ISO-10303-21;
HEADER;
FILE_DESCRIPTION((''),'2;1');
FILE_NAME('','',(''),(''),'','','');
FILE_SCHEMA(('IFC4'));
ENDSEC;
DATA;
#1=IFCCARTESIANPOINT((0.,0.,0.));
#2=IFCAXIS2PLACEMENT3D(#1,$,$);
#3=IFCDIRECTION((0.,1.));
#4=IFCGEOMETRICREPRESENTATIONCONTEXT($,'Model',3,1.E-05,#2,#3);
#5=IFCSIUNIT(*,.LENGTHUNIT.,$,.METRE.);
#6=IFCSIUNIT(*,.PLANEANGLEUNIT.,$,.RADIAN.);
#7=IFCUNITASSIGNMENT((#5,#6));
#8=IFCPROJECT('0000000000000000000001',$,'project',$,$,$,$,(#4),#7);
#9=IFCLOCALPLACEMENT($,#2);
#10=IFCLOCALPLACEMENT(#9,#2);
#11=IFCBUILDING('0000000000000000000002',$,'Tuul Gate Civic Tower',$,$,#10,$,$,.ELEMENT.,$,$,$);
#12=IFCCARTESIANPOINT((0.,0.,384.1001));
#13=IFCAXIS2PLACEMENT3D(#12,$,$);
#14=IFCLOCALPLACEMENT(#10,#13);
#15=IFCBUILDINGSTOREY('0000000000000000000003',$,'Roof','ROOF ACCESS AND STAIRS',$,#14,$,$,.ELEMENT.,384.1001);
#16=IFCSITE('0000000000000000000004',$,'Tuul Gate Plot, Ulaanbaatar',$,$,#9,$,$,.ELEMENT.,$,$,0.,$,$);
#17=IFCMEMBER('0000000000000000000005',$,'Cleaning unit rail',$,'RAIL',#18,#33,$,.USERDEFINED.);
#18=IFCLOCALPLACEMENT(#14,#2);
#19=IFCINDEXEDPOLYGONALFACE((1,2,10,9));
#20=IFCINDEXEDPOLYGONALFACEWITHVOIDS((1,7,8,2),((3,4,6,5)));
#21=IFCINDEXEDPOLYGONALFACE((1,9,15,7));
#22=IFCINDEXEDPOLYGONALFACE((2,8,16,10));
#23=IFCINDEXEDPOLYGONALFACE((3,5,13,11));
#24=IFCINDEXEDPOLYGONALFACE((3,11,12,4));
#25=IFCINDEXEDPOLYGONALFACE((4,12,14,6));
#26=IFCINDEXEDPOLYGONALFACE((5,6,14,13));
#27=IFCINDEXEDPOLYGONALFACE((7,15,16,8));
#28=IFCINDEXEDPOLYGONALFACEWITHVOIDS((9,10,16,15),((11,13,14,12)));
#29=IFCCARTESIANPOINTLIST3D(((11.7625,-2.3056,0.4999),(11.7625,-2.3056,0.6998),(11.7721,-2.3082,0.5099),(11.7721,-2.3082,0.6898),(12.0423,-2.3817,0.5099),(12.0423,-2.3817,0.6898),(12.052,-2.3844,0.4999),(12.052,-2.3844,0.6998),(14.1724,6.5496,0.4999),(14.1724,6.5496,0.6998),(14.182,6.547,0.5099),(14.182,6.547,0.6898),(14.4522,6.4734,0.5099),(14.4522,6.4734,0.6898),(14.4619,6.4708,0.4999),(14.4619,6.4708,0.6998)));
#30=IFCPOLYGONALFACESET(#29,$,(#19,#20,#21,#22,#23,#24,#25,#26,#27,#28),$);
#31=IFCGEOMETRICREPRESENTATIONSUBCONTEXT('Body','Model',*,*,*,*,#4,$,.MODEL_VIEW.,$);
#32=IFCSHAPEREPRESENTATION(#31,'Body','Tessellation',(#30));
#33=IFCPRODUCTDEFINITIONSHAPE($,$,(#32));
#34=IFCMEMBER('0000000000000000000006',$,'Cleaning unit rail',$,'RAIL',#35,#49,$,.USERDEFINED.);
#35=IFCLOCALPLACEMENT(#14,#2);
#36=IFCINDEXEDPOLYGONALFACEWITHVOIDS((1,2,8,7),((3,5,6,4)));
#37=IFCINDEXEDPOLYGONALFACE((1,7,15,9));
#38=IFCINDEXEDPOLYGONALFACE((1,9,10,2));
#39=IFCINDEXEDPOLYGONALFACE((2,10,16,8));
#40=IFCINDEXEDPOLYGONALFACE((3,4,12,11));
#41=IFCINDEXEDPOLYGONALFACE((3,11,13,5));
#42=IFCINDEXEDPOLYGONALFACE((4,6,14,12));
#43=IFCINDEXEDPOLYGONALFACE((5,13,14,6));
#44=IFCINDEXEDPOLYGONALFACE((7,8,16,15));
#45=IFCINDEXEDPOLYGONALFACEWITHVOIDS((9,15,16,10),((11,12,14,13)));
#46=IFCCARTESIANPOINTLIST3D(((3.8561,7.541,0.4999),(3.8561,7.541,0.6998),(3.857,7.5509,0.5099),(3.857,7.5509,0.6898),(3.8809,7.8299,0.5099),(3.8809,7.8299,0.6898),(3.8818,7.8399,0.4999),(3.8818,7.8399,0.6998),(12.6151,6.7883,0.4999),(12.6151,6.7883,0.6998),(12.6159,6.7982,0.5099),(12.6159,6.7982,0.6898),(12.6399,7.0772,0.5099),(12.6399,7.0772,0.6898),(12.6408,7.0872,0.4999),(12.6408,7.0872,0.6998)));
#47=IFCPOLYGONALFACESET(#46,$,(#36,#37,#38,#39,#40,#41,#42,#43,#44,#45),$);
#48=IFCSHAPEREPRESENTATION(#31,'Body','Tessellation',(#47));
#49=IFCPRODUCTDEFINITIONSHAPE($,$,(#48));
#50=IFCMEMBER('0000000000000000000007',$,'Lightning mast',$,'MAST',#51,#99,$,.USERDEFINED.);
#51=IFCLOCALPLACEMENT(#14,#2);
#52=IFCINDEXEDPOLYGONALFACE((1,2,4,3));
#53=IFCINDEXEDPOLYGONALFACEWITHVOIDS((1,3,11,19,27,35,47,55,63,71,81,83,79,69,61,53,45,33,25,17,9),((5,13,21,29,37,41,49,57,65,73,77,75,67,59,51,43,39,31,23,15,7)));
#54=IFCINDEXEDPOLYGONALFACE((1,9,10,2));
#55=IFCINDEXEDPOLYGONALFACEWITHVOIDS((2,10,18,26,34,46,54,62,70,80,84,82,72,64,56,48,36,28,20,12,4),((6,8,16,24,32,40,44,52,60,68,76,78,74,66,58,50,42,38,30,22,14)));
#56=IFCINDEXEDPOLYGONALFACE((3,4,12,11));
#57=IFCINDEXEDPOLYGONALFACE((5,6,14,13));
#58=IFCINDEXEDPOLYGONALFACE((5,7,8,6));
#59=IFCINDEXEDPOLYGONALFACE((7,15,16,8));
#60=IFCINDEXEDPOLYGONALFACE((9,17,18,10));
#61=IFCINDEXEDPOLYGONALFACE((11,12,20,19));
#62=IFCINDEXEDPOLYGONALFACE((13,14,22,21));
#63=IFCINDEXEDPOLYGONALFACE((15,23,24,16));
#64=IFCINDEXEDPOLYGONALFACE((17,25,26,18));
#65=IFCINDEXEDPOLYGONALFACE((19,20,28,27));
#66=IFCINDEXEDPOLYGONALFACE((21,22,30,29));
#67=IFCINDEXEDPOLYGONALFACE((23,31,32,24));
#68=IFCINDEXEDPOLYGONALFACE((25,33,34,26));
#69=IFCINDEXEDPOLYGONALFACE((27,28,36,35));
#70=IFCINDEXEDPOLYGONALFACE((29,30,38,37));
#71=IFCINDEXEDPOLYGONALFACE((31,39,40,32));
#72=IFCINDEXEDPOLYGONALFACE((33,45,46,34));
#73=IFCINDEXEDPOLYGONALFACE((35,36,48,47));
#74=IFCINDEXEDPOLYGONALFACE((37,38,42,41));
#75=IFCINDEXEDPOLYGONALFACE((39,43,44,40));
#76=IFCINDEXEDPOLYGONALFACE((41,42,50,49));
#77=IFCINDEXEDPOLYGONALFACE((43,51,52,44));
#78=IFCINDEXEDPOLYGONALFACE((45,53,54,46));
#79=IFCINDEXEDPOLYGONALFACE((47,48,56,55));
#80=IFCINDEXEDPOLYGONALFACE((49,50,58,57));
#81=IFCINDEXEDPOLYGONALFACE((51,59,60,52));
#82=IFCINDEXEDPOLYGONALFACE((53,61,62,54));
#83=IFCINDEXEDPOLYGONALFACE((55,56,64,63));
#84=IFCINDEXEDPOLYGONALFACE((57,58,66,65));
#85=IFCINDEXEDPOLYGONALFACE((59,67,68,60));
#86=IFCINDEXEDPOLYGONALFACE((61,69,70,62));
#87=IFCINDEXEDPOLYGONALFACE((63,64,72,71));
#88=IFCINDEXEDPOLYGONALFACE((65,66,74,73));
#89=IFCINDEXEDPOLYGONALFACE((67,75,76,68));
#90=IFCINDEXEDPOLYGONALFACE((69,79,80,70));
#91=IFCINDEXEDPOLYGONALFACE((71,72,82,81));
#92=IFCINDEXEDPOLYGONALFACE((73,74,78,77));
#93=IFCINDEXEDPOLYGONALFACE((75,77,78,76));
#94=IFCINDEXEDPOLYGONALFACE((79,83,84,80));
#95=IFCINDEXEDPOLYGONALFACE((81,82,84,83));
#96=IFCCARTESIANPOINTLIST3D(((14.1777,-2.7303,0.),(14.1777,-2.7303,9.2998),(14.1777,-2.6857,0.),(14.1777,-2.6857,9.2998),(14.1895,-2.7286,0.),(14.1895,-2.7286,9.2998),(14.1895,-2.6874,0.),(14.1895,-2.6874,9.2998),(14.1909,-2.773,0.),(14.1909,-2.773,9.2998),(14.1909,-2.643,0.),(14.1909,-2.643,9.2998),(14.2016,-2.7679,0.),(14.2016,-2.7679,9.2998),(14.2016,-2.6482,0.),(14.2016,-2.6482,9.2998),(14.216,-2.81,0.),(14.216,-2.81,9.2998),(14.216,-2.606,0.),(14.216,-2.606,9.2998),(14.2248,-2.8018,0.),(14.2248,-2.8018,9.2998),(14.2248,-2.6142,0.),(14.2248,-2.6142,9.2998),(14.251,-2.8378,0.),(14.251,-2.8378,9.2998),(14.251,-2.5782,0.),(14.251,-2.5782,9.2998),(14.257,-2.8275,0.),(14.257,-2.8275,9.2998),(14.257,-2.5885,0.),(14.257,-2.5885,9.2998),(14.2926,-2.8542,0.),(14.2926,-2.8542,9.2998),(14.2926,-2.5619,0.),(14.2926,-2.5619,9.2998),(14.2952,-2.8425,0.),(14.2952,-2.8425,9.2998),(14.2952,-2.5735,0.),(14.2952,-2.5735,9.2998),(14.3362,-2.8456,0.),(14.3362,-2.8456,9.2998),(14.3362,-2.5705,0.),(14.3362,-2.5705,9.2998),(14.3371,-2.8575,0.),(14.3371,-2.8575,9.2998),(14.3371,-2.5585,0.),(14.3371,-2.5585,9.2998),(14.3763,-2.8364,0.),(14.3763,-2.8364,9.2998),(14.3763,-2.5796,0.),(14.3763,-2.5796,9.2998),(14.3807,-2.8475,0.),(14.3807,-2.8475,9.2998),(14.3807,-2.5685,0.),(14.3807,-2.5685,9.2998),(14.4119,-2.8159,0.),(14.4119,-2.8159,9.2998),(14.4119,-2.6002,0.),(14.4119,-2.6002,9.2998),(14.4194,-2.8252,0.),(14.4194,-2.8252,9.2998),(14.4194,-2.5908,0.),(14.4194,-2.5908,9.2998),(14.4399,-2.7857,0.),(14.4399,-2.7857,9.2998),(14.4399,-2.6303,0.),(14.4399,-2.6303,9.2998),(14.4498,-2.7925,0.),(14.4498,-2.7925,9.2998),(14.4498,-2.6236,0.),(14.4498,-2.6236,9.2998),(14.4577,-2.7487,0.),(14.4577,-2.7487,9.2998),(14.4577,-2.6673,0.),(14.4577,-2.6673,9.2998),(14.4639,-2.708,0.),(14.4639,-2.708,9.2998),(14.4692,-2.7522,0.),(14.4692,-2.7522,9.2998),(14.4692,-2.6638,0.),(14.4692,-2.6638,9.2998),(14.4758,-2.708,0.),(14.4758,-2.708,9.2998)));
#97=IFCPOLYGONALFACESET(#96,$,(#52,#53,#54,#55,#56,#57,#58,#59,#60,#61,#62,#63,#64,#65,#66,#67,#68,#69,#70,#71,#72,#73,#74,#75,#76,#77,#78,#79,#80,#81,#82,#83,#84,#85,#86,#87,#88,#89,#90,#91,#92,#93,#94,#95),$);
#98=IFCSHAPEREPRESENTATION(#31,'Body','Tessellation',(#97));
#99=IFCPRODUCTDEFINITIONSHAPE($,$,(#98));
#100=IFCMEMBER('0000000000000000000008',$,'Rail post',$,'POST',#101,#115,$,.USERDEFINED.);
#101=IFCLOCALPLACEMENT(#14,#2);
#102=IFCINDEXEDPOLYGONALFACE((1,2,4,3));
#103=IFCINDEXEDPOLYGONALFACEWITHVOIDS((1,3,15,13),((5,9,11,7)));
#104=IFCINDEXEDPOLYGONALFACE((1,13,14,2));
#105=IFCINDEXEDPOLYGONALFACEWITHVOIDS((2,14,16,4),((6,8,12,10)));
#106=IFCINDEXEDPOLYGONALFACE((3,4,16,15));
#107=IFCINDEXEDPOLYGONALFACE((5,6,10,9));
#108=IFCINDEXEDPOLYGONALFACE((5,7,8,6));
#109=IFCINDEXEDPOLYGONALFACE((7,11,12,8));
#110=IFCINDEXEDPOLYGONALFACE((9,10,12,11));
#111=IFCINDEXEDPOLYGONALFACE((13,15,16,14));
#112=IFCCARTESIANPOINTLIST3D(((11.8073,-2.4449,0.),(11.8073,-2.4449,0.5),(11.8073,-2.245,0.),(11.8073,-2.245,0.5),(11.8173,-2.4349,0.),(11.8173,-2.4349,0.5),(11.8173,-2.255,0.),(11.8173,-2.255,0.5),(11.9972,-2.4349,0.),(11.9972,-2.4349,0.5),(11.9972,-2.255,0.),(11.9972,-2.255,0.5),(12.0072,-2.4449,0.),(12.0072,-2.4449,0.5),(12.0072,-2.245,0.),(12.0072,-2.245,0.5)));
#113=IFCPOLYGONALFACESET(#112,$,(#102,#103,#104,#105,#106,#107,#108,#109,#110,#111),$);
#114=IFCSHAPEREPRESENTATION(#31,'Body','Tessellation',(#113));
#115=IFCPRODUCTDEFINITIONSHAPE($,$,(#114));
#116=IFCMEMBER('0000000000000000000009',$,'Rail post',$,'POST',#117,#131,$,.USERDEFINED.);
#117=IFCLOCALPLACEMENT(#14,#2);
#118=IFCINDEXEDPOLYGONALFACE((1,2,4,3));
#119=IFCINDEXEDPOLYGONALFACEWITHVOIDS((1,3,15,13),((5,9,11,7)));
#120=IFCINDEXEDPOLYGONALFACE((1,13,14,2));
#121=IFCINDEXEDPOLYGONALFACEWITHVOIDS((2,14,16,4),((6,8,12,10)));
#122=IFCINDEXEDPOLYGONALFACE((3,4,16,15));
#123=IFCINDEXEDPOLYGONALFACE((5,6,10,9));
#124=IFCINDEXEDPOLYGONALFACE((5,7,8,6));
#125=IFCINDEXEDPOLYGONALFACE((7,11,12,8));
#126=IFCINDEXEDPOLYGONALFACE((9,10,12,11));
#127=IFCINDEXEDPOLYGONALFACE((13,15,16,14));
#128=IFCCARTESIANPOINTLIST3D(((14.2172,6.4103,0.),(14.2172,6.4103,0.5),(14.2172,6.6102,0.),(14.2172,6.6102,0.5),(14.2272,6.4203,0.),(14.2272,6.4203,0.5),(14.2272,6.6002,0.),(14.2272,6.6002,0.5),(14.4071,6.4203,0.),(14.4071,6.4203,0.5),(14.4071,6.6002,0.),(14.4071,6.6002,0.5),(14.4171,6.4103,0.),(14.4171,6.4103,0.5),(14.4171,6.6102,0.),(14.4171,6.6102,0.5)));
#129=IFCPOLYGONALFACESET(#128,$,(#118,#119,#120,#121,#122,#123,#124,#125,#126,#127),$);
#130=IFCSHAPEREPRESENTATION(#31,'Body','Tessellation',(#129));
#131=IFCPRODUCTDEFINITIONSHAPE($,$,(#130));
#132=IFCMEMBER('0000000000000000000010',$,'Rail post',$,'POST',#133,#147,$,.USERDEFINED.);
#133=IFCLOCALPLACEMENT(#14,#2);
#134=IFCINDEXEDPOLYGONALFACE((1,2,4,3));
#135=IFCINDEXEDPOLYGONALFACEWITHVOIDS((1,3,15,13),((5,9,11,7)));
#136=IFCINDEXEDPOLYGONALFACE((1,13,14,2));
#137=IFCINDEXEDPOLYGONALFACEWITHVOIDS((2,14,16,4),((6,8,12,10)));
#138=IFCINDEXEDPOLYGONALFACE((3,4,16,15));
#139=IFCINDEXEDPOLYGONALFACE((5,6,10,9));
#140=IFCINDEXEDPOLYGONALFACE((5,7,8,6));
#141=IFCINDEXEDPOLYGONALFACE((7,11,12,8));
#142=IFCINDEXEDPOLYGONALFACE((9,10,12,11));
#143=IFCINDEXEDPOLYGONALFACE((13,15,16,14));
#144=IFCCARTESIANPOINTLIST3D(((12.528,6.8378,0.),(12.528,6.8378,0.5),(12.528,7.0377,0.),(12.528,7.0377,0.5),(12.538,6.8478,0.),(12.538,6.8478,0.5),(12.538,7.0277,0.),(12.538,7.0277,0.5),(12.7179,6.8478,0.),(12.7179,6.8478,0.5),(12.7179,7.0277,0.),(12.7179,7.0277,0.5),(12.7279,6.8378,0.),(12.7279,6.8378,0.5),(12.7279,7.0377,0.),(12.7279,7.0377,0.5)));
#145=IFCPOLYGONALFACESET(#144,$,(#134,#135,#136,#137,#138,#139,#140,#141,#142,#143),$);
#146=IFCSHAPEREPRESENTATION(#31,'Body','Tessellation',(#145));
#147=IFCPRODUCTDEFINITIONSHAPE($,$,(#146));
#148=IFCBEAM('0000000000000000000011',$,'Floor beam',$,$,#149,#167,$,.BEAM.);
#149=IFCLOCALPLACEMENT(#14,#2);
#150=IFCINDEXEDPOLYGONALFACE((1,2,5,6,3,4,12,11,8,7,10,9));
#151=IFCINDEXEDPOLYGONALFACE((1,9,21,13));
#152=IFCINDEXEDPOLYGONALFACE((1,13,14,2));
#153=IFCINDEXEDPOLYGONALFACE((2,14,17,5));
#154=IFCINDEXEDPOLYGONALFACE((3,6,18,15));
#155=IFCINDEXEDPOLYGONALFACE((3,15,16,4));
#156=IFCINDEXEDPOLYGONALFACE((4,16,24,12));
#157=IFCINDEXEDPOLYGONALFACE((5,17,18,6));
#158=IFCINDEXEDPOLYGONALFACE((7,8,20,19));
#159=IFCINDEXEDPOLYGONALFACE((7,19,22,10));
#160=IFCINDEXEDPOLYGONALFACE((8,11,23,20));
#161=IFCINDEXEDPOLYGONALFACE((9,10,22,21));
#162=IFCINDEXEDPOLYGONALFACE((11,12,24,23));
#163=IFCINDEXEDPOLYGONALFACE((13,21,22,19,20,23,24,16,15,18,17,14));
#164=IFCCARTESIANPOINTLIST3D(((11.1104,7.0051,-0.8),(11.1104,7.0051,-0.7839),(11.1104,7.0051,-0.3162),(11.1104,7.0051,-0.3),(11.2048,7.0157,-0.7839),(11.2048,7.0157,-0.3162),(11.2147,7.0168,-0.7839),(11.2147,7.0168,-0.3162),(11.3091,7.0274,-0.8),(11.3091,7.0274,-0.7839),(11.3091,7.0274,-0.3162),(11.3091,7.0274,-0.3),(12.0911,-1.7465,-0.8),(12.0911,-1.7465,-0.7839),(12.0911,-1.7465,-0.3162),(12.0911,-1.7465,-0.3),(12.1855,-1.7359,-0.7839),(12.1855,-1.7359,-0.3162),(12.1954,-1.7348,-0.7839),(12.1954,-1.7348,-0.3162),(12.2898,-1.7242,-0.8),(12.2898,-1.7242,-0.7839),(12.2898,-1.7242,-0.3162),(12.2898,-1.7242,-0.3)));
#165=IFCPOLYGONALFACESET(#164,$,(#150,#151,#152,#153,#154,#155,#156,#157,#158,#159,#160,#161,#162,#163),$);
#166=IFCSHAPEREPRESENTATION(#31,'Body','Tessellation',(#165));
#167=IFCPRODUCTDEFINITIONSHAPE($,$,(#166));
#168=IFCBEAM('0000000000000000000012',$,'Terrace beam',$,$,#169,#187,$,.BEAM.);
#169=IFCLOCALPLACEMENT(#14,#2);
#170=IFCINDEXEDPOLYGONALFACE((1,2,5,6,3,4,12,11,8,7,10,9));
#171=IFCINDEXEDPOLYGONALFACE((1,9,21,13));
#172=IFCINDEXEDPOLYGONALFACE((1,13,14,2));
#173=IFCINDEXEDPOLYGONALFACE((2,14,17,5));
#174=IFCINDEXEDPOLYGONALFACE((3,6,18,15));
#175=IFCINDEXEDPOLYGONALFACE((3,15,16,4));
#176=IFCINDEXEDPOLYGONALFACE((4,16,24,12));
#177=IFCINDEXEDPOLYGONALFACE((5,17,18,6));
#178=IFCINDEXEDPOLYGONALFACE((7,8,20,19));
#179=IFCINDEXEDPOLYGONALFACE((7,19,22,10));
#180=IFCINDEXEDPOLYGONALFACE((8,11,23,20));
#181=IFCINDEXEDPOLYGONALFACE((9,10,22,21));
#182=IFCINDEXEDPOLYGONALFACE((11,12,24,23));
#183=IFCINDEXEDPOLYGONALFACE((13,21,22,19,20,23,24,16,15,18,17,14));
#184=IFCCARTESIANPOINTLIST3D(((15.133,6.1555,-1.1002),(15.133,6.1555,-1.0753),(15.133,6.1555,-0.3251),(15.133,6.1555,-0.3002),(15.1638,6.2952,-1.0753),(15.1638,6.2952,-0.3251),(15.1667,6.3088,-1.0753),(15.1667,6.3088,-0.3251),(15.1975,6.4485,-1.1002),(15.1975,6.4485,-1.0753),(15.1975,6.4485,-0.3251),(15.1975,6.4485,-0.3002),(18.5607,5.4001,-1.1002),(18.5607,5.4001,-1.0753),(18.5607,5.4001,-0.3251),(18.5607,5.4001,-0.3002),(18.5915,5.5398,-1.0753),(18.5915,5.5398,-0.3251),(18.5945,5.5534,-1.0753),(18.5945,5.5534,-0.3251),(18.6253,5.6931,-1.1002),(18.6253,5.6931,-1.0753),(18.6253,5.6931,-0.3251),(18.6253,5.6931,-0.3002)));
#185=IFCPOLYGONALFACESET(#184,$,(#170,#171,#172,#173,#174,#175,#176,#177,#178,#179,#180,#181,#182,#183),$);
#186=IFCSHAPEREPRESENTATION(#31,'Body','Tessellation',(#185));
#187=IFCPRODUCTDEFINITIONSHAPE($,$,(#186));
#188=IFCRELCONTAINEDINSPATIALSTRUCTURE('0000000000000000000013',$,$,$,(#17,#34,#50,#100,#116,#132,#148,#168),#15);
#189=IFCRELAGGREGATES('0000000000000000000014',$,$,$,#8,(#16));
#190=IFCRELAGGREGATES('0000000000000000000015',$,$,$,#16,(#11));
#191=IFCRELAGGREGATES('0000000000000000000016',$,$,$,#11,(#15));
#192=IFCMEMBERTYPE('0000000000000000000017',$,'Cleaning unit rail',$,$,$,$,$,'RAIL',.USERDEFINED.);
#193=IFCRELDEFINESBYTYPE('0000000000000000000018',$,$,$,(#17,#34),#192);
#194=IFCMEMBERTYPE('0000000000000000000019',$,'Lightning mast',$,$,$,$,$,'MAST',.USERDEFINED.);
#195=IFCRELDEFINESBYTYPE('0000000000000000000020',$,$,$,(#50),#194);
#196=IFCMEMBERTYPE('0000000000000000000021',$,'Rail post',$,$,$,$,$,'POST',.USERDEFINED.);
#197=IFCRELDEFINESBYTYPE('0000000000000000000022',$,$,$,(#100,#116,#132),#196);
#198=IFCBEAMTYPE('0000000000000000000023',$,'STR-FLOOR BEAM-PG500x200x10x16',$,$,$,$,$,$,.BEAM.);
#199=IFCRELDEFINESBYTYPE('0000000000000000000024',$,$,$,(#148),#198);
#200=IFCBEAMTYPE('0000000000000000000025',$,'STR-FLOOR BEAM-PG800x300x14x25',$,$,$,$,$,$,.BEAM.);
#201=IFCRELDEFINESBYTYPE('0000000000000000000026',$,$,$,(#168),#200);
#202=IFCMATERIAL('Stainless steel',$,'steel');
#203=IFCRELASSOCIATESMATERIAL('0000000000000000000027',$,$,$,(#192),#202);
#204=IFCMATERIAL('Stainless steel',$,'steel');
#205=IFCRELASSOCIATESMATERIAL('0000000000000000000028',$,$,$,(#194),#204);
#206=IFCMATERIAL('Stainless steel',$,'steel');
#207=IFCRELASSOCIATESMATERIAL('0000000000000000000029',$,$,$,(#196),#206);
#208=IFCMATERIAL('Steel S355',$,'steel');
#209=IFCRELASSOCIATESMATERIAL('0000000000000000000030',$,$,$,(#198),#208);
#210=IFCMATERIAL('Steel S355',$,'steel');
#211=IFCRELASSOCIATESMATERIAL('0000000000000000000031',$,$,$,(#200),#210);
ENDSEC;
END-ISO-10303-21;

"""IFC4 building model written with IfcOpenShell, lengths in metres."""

from ifc_helpers import new_model, si_unit, direction, frame, origin, origin_2d, place, context, subcontext, project, spatial, hollow_rectangle, hollow_circle, i_section, extrude, material, material_profile, profile_set, type_object, element, save


model = new_model("IFC4")

# Units and contexts
model_context = context("Model", 3, precision=1e-05, world=origin(), true_north=direction((0.0, 1.0)))
body_context = subcontext(model_context, "Body", "Model", "MODEL_VIEW")
ifc_project = project(units=[si_unit("LENGTHUNIT", "METRE"), si_unit("PLANEANGLEUNIT", "RADIAN")], contexts=[model_context])

# Site, building, storey
site_placement = place(None, origin())
site = spatial("IfcSite", under=ifc_project, at=site_placement, Name="Tuul Gate Plot, Ulaanbaatar", CompositionType="ELEMENT", RefElevation=0.0)
building_placement = place(site_placement, origin())
building = spatial("IfcBuilding", under=site, at=building_placement, Name="Tuul Gate Civic Tower", CompositionType="ELEMENT")
storey_placement = place(building_placement, frame((0.0, 0.0, 384.1001)))
storey = spatial("IfcBuildingStorey", under=building, at=storey_placement, Name="Roof", Description="ROOF ACCESS AND STAIRS", CompositionType="ELEMENT", Elevation=384.1001)

# Members
ifc_material_1 = material(Name="Stainless steel", Category="steel")
ifc_material_profile_1 = material_profile(ifc_material_1, hollow_rectangle(XDim=0.3, YDim=0.2, WallThickness=0.01, at=origin_2d()), Name="Cleaning unit rail")
ifc_profile_set_1 = profile_set([ifc_material_profile_1], Name="Stainless steel")
member_type_1 = type_object("IfcMemberType", Name="Cleaning unit rail", ElementType="RAIL", PredefinedType="USERDEFINED", material=ifc_profile_set_1)
member_1_placement = place(storey_placement, frame((11.9072, -2.345, 0.5999), z_axis=(0.262595, 0.964906, 0.0), x_axis=(-0.964906, 0.262595, 0.0)))
element("IfcMember", 1, at=member_1_placement, inside=storey, type_object=member_type_1, Name="Cleaning unit rail", ObjectType="RAIL", PredefinedType="USERDEFINED", context=body_context, shape_type="SweptSolid", body=[
    extrude(hollow_rectangle(XDim=0.3, YDim=0.2, WallThickness=0.01, at=origin_2d()), origin(), (0.0, 0.0, 1.0), 9.1772),
])
member_2_placement = place(storey_placement, frame((12.6279, 6.9377, 0.5999), z_axis=(-0.996328, 0.085617, 0.0), x_axis=(-0.085617, -0.996328, 0.0)))
element("IfcMember", 2, at=member_2_placement, inside=storey, type_object=member_type_1, Name="Cleaning unit rail", ObjectType="RAIL", PredefinedType="USERDEFINED", context=body_context, shape_type="SweptSolid", body=[
    extrude(hollow_rectangle(XDim=0.3, YDim=0.2, WallThickness=0.01, at=origin_2d()), origin(), (0.0, 0.0, 1.0), 8.7913),
])
ifc_material_2 = material(Name="Stainless steel", Category="steel")
ifc_material_profile_2 = material_profile(ifc_material_2, hollow_circle(Radius=0.1499, WallThickness=0.012, at=origin_2d()), Name="Lightning mast")
ifc_profile_set_2 = profile_set([ifc_material_profile_2], Name="Stainless steel")
member_type_2 = type_object("IfcMemberType", Name="Lightning mast", ElementType="MAST", PredefinedType="USERDEFINED", material=ifc_profile_set_2)
member_3_placement = place(storey_placement, frame((14.3259, -2.708, 0.0), z_axis=(0.0, 0.0, 1.0), x_axis=(1.0, 0.0, 0.0)))
element("IfcMember", 3, at=member_3_placement, inside=storey, type_object=member_type_2, Name="Lightning mast", ObjectType="MAST", PredefinedType="USERDEFINED", context=body_context, shape_type="SweptSolid", body=[
    extrude(hollow_circle(Radius=0.1499, WallThickness=0.012, at=origin_2d()), origin(), (0.0, 0.0, 1.0), 9.2998),
])
ifc_material_3 = material(Name="Stainless steel", Category="steel")
ifc_material_profile_3 = material_profile(ifc_material_3, hollow_rectangle(XDim=0.2, YDim=0.2, WallThickness=0.01, at=origin_2d()), Name="Rail post")
ifc_profile_set_3 = profile_set([ifc_material_profile_3], Name="Stainless steel")
member_type_3 = type_object("IfcMemberType", Name="Rail post", ElementType="POST", PredefinedType="USERDEFINED", material=ifc_profile_set_3)
for number, where, z_axis, x_axis, name in (
    (4, (11.9072, -2.345, 0.0), (0.0, 0.0, 1.0), (1.0, 0.0, 0.0), "Rail post"),
    (5, (14.3171, 6.5103, 0.0), (0.0, 0.0, 1.0), (1.0, 0.0, 0.0), "Rail post"),
    (6, (12.6279, 6.9377, 0.0), (0.0, 0.0, 1.0), (1.0, 0.0, 0.0), "Rail post"),
):
    element("IfcMember", number, at=place(storey_placement, frame(where, z_axis=z_axis, x_axis=x_axis)), inside=storey, type_object=member_type_3, Name=name, ObjectType="POST", PredefinedType="USERDEFINED", context=body_context, shape_type="SweptSolid", body=[
        extrude(hollow_rectangle(XDim=0.2, YDim=0.2, WallThickness=0.01, at=origin_2d()), origin(), (0.0, 0.0, 1.0), 0.5),
    ])

# Beams
ifc_material_4 = material(Name="Steel S355", Category="steel")
ifc_material_profile_4 = material_profile(ifc_material_4, i_section(OverallWidth=0.2, OverallDepth=0.5, WebThickness=0.01, FlangeThickness=0.0161, at=origin_2d()), Name="PG500x200x10x16")
ifc_profile_set_4 = profile_set([ifc_material_profile_4], Name="Steel S355")
beam_type_1 = type_object("IfcBeamType", Name="STR-FLOOR BEAM-PG500x200x10x16", PredefinedType="BEAM", material=ifc_profile_set_4)
beam_1_placement = place(storey_placement, frame((12.1904, -1.7354, -0.55), z_axis=(-0.111363, 0.99378, 0.0), x_axis=(-0.99378, -0.111363, 0.0)))
element("IfcBeam", 7, at=beam_1_placement, inside=storey, type_object=beam_type_1, Name="Floor beam", PredefinedType="BEAM", context=body_context, shape_type="SweptSolid", body=[
    extrude(i_section(OverallWidth=0.2, OverallDepth=0.5, WebThickness=0.01, FlangeThickness=0.0161, at=origin_2d()), origin(), (0.0, 0.0, 1.0), 8.8064),
])
ifc_material_5 = material(Name="Steel S355", Category="steel")
ifc_material_profile_5 = material_profile(ifc_material_5, i_section(OverallWidth=0.3, OverallDepth=0.8, WebThickness=0.0139, FlangeThickness=0.0249, at=origin_2d()), Name="PG800x300x14x25")
ifc_profile_set_5 = profile_set([ifc_material_profile_5], Name="Steel S355")
beam_type_2 = type_object("IfcBeamType", Name="STR-FLOOR BEAM-PG800x300x14x25", PredefinedType="BEAM", material=ifc_profile_set_5)
beam_2_placement = place(storey_placement, frame((18.593, 5.5466, -0.7002), z_axis=(-0.976569, 0.215207, 0.0), x_axis=(-0.215207, -0.976569, 0.0)))
element("IfcBeam", 8, at=beam_2_placement, inside=storey, type_object=beam_type_2, Name="Terrace beam", PredefinedType="BEAM", context=body_context, shape_type="SweptSolid", body=[
    extrude(i_section(OverallWidth=0.3, OverallDepth=0.8, WebThickness=0.0139, FlangeThickness=0.0249, at=origin_2d()), origin(), (0.0, 0.0, 1.0), 3.51),
])

save(model, "model.ifc")
